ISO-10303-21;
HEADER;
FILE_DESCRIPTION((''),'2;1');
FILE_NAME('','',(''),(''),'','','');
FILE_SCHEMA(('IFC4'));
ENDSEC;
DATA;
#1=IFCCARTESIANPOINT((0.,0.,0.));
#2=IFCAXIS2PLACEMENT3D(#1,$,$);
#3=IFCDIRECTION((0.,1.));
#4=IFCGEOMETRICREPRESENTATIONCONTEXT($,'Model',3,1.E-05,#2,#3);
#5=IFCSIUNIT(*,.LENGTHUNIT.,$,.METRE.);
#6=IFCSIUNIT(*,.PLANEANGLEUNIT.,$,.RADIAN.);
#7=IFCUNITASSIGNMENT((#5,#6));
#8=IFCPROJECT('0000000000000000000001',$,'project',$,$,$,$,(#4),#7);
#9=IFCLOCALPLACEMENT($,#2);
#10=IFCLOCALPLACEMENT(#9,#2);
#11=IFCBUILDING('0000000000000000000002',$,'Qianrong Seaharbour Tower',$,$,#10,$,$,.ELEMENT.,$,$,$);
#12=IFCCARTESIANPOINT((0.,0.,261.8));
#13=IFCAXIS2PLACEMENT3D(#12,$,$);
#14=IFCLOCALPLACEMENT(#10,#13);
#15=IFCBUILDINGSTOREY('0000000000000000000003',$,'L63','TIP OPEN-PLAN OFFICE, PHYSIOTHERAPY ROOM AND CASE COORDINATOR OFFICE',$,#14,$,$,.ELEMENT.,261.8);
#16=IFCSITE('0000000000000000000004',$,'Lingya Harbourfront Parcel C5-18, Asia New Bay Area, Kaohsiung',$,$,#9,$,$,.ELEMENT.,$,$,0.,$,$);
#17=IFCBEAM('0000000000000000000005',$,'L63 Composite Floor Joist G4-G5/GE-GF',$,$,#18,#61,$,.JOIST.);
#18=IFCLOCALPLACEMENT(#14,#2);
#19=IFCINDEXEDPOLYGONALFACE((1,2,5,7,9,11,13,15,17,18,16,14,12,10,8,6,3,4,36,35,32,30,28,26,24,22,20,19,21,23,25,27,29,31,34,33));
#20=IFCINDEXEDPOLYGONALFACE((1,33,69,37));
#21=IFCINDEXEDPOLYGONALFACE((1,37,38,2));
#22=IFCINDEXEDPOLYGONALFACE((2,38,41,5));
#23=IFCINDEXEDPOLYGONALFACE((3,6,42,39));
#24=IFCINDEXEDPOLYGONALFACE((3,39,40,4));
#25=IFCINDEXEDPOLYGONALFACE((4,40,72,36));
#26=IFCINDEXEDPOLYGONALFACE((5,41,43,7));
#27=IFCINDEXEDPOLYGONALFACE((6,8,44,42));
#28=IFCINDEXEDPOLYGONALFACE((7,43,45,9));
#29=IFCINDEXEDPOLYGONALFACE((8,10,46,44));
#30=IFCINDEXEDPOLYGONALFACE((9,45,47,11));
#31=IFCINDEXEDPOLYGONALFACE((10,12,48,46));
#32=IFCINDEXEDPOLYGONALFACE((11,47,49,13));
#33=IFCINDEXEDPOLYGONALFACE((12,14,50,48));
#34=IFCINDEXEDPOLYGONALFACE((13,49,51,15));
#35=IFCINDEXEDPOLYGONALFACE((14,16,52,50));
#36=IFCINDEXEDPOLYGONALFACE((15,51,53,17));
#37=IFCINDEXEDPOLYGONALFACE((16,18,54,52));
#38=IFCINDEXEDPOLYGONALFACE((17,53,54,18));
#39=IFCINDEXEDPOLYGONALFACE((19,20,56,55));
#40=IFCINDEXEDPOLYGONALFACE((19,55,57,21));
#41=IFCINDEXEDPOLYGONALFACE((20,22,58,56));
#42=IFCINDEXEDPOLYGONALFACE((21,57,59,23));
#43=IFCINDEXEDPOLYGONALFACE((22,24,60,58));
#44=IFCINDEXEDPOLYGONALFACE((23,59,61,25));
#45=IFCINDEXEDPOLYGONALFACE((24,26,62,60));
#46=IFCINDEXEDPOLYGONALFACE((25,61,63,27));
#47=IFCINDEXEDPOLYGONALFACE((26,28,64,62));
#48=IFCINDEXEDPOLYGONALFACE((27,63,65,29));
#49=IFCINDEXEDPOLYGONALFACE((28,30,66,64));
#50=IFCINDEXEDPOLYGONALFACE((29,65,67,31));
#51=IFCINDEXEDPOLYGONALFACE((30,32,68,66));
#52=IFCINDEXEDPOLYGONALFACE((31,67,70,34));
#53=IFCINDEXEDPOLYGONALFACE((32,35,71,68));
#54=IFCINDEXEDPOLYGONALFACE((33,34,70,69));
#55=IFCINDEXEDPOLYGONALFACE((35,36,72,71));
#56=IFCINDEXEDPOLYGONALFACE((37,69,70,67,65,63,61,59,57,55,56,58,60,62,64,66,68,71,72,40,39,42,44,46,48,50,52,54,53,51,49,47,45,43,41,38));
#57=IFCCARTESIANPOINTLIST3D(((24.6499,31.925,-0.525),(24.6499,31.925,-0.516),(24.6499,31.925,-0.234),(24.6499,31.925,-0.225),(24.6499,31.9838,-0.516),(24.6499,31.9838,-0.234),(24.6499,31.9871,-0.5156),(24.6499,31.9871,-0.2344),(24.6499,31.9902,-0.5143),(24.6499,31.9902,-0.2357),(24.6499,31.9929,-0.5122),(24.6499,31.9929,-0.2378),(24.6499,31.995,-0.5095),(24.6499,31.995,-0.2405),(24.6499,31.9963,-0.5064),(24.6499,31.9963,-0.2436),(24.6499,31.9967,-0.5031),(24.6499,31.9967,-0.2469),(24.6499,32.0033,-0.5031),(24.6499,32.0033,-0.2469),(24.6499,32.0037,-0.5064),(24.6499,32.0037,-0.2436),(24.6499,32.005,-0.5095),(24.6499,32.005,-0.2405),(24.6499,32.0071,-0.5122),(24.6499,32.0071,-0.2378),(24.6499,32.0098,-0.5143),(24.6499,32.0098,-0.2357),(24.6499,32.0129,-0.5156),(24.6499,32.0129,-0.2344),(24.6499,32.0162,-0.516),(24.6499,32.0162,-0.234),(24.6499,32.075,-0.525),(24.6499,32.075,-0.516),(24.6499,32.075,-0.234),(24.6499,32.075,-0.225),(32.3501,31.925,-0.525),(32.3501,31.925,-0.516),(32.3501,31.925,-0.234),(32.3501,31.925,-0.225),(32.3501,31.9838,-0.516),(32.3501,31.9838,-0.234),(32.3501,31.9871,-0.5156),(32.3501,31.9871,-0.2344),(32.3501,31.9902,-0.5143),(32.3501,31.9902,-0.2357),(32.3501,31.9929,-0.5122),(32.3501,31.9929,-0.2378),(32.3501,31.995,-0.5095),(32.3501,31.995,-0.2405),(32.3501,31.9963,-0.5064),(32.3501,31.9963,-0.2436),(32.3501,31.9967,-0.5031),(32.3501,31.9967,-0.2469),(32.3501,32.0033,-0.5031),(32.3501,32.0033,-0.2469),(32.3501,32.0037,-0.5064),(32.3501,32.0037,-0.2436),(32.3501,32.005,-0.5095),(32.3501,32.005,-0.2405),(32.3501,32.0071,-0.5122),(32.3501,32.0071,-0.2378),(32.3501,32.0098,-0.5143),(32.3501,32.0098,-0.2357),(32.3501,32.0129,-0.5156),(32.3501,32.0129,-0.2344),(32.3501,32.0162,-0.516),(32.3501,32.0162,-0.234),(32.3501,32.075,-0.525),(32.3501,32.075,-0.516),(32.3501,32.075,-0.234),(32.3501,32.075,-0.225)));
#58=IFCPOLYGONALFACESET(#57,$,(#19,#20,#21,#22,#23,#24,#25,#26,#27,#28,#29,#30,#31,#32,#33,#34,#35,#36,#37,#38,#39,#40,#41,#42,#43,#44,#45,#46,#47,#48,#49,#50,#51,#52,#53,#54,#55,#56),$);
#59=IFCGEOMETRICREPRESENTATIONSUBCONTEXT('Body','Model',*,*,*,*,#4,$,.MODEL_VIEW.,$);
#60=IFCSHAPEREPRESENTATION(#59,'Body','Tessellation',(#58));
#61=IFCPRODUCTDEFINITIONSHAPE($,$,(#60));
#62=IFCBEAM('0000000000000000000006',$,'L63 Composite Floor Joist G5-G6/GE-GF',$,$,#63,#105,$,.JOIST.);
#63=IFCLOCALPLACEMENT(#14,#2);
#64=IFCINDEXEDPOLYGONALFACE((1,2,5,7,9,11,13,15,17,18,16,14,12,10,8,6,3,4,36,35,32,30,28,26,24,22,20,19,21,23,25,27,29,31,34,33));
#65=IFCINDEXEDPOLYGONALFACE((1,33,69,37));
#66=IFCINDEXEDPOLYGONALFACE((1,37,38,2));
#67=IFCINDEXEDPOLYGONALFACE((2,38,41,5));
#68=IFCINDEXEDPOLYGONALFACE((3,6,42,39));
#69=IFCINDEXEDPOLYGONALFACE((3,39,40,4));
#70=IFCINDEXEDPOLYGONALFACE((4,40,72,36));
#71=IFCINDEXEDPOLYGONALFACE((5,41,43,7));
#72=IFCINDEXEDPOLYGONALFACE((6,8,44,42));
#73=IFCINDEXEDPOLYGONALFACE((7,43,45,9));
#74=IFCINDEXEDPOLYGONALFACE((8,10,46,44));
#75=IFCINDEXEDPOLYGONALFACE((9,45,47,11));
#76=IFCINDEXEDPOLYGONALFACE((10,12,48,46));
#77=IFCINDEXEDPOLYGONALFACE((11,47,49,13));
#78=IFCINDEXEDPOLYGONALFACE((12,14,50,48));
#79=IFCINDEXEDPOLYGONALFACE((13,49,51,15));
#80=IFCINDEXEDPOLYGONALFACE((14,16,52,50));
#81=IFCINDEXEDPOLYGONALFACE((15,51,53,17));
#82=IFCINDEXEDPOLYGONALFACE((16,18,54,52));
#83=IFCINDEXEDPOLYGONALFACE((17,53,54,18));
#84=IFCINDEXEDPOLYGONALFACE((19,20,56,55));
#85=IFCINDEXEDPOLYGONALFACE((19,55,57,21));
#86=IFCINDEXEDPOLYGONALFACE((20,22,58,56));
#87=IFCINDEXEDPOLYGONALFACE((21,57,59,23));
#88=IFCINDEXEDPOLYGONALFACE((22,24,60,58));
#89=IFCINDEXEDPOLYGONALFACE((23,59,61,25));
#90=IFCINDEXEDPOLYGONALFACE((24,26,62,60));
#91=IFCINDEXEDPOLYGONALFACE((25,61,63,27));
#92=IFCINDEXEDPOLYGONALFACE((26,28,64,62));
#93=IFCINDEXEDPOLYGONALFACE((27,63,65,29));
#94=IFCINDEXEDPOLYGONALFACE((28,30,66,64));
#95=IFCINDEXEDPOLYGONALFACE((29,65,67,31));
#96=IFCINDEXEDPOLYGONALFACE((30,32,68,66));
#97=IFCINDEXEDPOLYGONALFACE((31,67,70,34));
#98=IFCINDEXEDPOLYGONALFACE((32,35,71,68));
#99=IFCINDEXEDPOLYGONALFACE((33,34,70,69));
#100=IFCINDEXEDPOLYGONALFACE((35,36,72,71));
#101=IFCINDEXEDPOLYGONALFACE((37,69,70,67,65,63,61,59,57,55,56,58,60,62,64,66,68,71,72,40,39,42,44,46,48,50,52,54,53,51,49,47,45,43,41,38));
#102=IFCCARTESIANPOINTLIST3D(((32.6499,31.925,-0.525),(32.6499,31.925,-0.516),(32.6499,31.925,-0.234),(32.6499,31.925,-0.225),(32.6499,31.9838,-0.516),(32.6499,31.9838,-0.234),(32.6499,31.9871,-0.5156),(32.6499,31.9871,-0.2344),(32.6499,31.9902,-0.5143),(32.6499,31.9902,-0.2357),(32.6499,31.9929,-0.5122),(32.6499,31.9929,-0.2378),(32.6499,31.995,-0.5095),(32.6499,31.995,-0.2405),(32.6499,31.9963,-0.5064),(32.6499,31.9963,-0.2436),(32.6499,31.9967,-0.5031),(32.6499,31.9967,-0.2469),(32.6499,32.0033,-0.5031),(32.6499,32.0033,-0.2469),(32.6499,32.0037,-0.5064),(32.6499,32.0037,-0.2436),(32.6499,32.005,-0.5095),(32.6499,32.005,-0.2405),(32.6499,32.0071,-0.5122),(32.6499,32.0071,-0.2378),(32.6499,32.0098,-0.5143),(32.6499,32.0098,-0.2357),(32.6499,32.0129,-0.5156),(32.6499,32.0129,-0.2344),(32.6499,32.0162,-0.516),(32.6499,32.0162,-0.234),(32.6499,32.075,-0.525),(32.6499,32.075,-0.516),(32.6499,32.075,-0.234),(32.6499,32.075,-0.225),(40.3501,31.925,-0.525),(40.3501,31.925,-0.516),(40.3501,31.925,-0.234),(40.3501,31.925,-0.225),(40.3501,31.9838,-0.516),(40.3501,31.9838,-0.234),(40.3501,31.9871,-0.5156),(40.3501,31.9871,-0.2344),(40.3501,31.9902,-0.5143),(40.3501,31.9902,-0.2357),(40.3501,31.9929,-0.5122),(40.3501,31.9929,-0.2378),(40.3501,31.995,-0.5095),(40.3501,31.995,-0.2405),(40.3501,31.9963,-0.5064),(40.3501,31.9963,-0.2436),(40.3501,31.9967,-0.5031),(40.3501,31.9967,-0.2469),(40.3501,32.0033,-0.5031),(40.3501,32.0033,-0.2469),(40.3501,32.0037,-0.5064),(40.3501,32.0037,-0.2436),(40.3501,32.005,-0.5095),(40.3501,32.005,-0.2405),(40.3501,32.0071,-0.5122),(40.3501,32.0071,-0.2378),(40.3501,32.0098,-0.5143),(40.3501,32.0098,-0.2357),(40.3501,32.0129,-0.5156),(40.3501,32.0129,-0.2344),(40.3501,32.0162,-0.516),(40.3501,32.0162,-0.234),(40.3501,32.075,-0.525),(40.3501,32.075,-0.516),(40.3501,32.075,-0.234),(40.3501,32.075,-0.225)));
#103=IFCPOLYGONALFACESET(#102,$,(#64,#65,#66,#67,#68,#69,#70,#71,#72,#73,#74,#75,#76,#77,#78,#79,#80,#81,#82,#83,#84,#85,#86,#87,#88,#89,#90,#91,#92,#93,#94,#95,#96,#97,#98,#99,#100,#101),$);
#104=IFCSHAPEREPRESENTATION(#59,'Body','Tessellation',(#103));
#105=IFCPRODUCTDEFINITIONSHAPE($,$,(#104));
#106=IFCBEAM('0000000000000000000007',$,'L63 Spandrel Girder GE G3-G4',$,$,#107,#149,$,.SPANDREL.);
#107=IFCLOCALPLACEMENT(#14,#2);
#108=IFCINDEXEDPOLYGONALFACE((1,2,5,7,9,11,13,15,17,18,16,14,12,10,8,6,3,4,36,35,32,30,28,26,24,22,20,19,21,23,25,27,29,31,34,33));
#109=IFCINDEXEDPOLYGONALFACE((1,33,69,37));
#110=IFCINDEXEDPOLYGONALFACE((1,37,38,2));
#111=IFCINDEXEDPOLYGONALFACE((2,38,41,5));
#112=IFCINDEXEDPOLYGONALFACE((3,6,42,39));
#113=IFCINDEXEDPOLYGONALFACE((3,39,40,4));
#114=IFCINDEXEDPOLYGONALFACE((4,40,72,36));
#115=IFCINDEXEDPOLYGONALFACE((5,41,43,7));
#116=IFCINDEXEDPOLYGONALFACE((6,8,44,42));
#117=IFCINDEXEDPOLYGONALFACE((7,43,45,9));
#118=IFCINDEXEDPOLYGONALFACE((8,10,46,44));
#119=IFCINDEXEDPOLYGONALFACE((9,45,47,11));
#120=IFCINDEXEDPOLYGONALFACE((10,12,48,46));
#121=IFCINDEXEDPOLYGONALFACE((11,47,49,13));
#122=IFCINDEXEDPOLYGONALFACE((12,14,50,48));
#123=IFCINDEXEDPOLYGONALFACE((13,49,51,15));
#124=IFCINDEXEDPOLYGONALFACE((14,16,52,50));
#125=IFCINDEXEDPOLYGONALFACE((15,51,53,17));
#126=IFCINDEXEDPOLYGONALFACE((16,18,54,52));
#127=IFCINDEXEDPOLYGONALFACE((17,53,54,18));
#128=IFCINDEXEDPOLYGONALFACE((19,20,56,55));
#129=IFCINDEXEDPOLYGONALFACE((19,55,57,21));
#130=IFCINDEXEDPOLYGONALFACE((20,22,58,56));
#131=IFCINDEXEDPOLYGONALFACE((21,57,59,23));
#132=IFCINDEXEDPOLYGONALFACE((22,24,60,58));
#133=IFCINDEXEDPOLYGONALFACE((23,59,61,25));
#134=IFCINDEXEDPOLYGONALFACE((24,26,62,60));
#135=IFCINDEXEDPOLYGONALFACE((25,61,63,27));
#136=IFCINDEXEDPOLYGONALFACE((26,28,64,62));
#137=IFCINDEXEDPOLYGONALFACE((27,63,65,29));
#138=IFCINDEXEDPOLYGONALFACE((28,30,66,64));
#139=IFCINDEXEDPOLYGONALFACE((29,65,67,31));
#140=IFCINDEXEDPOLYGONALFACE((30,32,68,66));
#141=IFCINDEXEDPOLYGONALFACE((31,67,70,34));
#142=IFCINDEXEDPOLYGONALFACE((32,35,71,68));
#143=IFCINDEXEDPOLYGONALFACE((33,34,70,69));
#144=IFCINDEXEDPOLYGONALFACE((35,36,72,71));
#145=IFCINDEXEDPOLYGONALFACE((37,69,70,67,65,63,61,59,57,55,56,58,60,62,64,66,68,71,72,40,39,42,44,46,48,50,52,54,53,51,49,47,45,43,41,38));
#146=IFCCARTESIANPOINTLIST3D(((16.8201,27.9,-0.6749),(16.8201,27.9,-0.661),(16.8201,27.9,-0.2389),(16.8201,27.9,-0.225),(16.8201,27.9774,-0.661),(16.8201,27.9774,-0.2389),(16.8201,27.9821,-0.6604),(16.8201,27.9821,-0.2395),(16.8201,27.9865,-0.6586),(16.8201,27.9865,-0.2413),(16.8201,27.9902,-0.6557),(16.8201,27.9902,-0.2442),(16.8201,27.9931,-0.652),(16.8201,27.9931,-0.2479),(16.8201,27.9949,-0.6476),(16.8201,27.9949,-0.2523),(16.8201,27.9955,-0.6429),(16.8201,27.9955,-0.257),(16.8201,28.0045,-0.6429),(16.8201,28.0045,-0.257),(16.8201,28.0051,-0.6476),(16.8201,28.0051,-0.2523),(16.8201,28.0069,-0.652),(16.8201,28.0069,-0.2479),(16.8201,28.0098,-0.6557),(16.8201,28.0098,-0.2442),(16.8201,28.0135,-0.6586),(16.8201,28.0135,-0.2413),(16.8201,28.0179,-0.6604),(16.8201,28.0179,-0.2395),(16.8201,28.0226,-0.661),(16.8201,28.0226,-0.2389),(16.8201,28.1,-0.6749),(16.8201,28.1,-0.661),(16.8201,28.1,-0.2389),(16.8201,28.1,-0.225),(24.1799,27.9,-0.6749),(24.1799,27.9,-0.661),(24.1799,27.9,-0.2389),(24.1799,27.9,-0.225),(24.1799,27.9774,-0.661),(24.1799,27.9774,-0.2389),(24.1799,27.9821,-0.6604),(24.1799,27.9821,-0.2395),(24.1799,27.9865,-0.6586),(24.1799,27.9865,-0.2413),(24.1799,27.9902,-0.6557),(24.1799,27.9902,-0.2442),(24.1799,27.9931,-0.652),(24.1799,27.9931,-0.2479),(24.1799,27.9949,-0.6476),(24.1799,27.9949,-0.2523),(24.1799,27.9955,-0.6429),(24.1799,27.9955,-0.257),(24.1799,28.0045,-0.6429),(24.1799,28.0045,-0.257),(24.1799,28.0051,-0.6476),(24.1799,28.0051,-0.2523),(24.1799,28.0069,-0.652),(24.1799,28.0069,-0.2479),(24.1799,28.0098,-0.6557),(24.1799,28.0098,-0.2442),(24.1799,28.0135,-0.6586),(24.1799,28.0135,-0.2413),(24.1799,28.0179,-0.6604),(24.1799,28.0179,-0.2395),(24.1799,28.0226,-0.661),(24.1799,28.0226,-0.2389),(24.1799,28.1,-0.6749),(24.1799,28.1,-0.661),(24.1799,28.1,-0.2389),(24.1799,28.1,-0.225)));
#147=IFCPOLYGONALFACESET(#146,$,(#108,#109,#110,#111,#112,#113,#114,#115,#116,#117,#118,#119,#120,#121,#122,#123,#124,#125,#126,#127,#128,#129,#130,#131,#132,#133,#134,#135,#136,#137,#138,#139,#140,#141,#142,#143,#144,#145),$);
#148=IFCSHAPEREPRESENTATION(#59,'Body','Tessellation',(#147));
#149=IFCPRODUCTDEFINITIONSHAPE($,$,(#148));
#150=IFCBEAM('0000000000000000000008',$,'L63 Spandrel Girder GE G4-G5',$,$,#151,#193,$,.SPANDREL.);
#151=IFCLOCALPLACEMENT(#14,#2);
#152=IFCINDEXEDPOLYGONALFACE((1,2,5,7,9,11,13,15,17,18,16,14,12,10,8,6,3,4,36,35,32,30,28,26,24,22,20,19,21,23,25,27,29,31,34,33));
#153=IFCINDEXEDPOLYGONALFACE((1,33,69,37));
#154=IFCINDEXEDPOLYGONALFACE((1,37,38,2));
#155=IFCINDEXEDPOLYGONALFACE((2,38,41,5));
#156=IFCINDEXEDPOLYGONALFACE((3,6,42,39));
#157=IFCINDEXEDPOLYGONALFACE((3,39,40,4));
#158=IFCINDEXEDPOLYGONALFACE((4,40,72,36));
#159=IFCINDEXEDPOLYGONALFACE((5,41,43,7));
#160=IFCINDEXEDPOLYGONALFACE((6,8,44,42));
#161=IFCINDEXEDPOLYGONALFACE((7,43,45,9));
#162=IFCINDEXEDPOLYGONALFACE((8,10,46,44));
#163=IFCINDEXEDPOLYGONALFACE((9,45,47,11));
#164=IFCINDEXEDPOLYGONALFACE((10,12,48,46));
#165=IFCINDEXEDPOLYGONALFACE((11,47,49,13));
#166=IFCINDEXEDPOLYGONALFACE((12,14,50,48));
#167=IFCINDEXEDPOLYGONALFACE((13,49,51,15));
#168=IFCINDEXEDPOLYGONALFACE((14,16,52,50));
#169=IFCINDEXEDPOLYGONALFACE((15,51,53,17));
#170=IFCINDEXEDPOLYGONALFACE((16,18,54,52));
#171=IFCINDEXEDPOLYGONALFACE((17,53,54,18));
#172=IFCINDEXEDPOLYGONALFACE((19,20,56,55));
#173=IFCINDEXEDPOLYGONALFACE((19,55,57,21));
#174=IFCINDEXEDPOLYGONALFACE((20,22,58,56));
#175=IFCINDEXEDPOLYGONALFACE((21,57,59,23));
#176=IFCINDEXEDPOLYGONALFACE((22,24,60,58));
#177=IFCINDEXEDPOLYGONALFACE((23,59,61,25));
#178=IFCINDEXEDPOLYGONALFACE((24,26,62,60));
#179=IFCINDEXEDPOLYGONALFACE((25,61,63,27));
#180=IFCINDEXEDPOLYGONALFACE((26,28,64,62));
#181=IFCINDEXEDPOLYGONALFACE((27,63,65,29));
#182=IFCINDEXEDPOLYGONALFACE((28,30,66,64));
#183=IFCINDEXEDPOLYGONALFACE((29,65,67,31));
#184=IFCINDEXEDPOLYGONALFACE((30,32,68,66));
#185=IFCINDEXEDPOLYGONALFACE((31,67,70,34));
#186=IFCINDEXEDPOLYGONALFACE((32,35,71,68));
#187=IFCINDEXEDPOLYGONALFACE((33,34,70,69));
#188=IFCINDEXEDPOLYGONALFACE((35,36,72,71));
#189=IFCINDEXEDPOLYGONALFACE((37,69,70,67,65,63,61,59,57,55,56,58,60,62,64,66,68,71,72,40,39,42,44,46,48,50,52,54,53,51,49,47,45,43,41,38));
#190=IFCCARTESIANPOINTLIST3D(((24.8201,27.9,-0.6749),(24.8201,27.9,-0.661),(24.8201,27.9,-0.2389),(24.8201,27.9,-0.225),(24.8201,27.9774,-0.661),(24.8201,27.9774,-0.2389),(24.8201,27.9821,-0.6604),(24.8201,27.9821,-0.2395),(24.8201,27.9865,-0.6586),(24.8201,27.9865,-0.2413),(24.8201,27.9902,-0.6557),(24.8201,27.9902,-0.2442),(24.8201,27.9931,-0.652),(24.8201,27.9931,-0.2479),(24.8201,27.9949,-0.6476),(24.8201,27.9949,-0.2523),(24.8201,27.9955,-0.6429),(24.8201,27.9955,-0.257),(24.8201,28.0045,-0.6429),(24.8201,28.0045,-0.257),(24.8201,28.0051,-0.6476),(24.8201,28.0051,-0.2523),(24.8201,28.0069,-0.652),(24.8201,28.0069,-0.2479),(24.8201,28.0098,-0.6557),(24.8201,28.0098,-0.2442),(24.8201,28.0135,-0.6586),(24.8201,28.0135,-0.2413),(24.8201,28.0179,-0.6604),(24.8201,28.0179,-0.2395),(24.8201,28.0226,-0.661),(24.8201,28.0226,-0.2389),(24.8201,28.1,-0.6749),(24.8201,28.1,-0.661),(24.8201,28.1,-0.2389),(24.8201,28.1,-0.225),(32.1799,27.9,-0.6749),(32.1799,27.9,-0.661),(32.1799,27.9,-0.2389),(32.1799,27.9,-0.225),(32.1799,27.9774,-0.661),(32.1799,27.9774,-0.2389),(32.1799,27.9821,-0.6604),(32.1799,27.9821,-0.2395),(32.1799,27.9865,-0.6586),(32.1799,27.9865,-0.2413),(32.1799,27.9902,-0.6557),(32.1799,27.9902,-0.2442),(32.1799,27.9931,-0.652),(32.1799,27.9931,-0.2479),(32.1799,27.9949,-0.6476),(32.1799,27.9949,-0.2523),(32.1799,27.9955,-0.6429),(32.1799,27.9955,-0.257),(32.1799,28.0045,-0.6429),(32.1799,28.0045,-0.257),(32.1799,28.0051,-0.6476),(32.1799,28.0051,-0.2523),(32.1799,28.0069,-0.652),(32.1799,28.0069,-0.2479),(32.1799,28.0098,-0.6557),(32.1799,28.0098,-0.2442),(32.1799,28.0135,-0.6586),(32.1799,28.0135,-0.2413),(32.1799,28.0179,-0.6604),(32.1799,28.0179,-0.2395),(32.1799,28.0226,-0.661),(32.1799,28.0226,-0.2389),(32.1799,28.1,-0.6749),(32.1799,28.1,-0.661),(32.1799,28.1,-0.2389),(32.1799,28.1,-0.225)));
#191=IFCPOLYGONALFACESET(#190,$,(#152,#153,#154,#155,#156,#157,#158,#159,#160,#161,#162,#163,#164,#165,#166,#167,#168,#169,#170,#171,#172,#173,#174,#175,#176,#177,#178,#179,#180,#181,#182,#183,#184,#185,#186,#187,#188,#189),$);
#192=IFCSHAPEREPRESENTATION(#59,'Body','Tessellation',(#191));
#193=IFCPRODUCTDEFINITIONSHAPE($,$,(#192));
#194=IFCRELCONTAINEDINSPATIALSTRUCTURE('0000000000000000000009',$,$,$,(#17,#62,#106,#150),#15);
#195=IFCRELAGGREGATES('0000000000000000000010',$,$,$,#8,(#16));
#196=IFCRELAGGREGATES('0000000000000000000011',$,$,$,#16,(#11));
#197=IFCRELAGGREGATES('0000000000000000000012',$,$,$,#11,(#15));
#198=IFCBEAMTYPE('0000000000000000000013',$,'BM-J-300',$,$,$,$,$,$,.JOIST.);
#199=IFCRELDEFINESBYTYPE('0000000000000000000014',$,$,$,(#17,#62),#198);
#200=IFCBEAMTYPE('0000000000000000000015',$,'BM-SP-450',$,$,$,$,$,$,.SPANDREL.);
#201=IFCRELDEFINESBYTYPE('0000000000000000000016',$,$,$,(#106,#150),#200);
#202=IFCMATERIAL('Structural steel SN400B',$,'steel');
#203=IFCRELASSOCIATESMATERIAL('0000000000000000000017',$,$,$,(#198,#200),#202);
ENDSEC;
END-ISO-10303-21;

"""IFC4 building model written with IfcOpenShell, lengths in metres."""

from ifc_helpers import new_model, si_unit, direction, frame, origin, origin_2d, place, context, subcontext, project, spatial, i_section, extrude, material, material_profile, profile_set, type_object, element, save


model = new_model("IFC4")

# Units and contexts
model_context = context("Model", 3, precision=1e-05, world=origin(), true_north=direction((0.0, 1.0)))
body_context = subcontext(model_context, "Body", "Model", "MODEL_VIEW")
ifc_project = project(units=[si_unit("LENGTHUNIT", "METRE"), si_unit("PLANEANGLEUNIT", "RADIAN")], contexts=[model_context])

# Site, building, storey
site_placement = place(None, origin())
site = spatial("IfcSite", under=ifc_project, at=site_placement, Name="Lingya Harbourfront Parcel C5-18, Asia New Bay Area, Kaohsiung", CompositionType="ELEMENT", RefElevation=0.0)
building_placement = place(site_placement, origin())
building = spatial("IfcBuilding", under=site, at=building_placement, Name="Qianrong Seaharbour Tower", CompositionType="ELEMENT")
storey_placement = place(building_placement, frame((0.0, 0.0, 261.8)))
storey = spatial("IfcBuildingStorey", under=building, at=storey_placement, Name="L63", Description="TIP OPEN-PLAN OFFICE, PHYSIOTHERAPY ROOM AND CASE COORDINATOR OFFICE", CompositionType="ELEMENT", Elevation=261.8)

# Beams
ifc_material_1 = material(Name="Structural steel SN400B", Category="steel")
ifc_material_profile_1 = material_profile(ifc_material_1, i_section(OverallWidth=0.1499, OverallDepth=0.3, WebThickness=0.0066, FlangeThickness=0.009, FilletRadius=0.0129, at=origin_2d()), Name="H300x150x6.5x9")
ifc_profile_set_1 = profile_set([ifc_material_profile_1], Name="Structural steel SN400B")
beam_type_1 = type_object("IfcBeamType", Name="BM-J-300", PredefinedType="JOIST", material=ifc_profile_set_1)
for number, where, z_axis, x_axis, name in (
    (1, (24.6499, 32.0, -0.375), (1.0, 0.0, 0.0), (0.0, 1.0, 0.0), "L63 Composite Floor Joist G4-G5/GE-GF"),
    (2, (32.6499, 32.0, -0.375), (1.0, 0.0, 0.0), (0.0, 1.0, 0.0), "L63 Composite Floor Joist G5-G6/GE-GF"),
):
    element("IfcBeam", number, at=place(storey_placement, frame(where, z_axis=z_axis, x_axis=x_axis)), inside=storey, type_object=beam_type_1, Name=name, PredefinedType="JOIST", context=body_context, shape_type="SweptSolid", body=[
        extrude(i_section(OverallWidth=0.1499, OverallDepth=0.3, WebThickness=0.0066, FlangeThickness=0.009, FilletRadius=0.0129, at=origin_2d()), origin(), (0.0, 0.0, 1.0), 7.7002),
    ])
ifc_material_profile_2 = material_profile(ifc_material_1, i_section(OverallWidth=0.2, OverallDepth=0.45, WebThickness=0.009, FlangeThickness=0.0139, FilletRadius=0.0181, at=origin_2d()), Name="H450x200x9x14")
ifc_profile_set_2 = profile_set([ifc_material_profile_2], Name="Structural steel SN400B")
beam_type_2 = type_object("IfcBeamType", Name="BM-SP-450", PredefinedType="SPANDREL", material=ifc_profile_set_2)
for number, where, z_axis, x_axis, name in (
    (3, (16.8201, 28.0, -0.45), (1.0, 0.0, 0.0), (0.0, 1.0, 0.0), "L63 Spandrel Girder GE G3-G4"),
    (4, (24.8201, 28.0, -0.45), (1.0, 0.0, 0.0), (0.0, 1.0, 0.0), "L63 Spandrel Girder GE G4-G5"),
):
    element("IfcBeam", number, at=place(storey_placement, frame(where, z_axis=z_axis, x_axis=x_axis)), inside=storey, type_object=beam_type_2, Name=name, PredefinedType="SPANDREL", context=body_context, shape_type="SweptSolid", body=[
        extrude(i_section(OverallWidth=0.2, OverallDepth=0.45, WebThickness=0.009, FlangeThickness=0.0139, FilletRadius=0.0181, at=origin_2d()), origin(), (0.0, 0.0, 1.0), 7.3599),
    ])

save(model, "model.ifc")
